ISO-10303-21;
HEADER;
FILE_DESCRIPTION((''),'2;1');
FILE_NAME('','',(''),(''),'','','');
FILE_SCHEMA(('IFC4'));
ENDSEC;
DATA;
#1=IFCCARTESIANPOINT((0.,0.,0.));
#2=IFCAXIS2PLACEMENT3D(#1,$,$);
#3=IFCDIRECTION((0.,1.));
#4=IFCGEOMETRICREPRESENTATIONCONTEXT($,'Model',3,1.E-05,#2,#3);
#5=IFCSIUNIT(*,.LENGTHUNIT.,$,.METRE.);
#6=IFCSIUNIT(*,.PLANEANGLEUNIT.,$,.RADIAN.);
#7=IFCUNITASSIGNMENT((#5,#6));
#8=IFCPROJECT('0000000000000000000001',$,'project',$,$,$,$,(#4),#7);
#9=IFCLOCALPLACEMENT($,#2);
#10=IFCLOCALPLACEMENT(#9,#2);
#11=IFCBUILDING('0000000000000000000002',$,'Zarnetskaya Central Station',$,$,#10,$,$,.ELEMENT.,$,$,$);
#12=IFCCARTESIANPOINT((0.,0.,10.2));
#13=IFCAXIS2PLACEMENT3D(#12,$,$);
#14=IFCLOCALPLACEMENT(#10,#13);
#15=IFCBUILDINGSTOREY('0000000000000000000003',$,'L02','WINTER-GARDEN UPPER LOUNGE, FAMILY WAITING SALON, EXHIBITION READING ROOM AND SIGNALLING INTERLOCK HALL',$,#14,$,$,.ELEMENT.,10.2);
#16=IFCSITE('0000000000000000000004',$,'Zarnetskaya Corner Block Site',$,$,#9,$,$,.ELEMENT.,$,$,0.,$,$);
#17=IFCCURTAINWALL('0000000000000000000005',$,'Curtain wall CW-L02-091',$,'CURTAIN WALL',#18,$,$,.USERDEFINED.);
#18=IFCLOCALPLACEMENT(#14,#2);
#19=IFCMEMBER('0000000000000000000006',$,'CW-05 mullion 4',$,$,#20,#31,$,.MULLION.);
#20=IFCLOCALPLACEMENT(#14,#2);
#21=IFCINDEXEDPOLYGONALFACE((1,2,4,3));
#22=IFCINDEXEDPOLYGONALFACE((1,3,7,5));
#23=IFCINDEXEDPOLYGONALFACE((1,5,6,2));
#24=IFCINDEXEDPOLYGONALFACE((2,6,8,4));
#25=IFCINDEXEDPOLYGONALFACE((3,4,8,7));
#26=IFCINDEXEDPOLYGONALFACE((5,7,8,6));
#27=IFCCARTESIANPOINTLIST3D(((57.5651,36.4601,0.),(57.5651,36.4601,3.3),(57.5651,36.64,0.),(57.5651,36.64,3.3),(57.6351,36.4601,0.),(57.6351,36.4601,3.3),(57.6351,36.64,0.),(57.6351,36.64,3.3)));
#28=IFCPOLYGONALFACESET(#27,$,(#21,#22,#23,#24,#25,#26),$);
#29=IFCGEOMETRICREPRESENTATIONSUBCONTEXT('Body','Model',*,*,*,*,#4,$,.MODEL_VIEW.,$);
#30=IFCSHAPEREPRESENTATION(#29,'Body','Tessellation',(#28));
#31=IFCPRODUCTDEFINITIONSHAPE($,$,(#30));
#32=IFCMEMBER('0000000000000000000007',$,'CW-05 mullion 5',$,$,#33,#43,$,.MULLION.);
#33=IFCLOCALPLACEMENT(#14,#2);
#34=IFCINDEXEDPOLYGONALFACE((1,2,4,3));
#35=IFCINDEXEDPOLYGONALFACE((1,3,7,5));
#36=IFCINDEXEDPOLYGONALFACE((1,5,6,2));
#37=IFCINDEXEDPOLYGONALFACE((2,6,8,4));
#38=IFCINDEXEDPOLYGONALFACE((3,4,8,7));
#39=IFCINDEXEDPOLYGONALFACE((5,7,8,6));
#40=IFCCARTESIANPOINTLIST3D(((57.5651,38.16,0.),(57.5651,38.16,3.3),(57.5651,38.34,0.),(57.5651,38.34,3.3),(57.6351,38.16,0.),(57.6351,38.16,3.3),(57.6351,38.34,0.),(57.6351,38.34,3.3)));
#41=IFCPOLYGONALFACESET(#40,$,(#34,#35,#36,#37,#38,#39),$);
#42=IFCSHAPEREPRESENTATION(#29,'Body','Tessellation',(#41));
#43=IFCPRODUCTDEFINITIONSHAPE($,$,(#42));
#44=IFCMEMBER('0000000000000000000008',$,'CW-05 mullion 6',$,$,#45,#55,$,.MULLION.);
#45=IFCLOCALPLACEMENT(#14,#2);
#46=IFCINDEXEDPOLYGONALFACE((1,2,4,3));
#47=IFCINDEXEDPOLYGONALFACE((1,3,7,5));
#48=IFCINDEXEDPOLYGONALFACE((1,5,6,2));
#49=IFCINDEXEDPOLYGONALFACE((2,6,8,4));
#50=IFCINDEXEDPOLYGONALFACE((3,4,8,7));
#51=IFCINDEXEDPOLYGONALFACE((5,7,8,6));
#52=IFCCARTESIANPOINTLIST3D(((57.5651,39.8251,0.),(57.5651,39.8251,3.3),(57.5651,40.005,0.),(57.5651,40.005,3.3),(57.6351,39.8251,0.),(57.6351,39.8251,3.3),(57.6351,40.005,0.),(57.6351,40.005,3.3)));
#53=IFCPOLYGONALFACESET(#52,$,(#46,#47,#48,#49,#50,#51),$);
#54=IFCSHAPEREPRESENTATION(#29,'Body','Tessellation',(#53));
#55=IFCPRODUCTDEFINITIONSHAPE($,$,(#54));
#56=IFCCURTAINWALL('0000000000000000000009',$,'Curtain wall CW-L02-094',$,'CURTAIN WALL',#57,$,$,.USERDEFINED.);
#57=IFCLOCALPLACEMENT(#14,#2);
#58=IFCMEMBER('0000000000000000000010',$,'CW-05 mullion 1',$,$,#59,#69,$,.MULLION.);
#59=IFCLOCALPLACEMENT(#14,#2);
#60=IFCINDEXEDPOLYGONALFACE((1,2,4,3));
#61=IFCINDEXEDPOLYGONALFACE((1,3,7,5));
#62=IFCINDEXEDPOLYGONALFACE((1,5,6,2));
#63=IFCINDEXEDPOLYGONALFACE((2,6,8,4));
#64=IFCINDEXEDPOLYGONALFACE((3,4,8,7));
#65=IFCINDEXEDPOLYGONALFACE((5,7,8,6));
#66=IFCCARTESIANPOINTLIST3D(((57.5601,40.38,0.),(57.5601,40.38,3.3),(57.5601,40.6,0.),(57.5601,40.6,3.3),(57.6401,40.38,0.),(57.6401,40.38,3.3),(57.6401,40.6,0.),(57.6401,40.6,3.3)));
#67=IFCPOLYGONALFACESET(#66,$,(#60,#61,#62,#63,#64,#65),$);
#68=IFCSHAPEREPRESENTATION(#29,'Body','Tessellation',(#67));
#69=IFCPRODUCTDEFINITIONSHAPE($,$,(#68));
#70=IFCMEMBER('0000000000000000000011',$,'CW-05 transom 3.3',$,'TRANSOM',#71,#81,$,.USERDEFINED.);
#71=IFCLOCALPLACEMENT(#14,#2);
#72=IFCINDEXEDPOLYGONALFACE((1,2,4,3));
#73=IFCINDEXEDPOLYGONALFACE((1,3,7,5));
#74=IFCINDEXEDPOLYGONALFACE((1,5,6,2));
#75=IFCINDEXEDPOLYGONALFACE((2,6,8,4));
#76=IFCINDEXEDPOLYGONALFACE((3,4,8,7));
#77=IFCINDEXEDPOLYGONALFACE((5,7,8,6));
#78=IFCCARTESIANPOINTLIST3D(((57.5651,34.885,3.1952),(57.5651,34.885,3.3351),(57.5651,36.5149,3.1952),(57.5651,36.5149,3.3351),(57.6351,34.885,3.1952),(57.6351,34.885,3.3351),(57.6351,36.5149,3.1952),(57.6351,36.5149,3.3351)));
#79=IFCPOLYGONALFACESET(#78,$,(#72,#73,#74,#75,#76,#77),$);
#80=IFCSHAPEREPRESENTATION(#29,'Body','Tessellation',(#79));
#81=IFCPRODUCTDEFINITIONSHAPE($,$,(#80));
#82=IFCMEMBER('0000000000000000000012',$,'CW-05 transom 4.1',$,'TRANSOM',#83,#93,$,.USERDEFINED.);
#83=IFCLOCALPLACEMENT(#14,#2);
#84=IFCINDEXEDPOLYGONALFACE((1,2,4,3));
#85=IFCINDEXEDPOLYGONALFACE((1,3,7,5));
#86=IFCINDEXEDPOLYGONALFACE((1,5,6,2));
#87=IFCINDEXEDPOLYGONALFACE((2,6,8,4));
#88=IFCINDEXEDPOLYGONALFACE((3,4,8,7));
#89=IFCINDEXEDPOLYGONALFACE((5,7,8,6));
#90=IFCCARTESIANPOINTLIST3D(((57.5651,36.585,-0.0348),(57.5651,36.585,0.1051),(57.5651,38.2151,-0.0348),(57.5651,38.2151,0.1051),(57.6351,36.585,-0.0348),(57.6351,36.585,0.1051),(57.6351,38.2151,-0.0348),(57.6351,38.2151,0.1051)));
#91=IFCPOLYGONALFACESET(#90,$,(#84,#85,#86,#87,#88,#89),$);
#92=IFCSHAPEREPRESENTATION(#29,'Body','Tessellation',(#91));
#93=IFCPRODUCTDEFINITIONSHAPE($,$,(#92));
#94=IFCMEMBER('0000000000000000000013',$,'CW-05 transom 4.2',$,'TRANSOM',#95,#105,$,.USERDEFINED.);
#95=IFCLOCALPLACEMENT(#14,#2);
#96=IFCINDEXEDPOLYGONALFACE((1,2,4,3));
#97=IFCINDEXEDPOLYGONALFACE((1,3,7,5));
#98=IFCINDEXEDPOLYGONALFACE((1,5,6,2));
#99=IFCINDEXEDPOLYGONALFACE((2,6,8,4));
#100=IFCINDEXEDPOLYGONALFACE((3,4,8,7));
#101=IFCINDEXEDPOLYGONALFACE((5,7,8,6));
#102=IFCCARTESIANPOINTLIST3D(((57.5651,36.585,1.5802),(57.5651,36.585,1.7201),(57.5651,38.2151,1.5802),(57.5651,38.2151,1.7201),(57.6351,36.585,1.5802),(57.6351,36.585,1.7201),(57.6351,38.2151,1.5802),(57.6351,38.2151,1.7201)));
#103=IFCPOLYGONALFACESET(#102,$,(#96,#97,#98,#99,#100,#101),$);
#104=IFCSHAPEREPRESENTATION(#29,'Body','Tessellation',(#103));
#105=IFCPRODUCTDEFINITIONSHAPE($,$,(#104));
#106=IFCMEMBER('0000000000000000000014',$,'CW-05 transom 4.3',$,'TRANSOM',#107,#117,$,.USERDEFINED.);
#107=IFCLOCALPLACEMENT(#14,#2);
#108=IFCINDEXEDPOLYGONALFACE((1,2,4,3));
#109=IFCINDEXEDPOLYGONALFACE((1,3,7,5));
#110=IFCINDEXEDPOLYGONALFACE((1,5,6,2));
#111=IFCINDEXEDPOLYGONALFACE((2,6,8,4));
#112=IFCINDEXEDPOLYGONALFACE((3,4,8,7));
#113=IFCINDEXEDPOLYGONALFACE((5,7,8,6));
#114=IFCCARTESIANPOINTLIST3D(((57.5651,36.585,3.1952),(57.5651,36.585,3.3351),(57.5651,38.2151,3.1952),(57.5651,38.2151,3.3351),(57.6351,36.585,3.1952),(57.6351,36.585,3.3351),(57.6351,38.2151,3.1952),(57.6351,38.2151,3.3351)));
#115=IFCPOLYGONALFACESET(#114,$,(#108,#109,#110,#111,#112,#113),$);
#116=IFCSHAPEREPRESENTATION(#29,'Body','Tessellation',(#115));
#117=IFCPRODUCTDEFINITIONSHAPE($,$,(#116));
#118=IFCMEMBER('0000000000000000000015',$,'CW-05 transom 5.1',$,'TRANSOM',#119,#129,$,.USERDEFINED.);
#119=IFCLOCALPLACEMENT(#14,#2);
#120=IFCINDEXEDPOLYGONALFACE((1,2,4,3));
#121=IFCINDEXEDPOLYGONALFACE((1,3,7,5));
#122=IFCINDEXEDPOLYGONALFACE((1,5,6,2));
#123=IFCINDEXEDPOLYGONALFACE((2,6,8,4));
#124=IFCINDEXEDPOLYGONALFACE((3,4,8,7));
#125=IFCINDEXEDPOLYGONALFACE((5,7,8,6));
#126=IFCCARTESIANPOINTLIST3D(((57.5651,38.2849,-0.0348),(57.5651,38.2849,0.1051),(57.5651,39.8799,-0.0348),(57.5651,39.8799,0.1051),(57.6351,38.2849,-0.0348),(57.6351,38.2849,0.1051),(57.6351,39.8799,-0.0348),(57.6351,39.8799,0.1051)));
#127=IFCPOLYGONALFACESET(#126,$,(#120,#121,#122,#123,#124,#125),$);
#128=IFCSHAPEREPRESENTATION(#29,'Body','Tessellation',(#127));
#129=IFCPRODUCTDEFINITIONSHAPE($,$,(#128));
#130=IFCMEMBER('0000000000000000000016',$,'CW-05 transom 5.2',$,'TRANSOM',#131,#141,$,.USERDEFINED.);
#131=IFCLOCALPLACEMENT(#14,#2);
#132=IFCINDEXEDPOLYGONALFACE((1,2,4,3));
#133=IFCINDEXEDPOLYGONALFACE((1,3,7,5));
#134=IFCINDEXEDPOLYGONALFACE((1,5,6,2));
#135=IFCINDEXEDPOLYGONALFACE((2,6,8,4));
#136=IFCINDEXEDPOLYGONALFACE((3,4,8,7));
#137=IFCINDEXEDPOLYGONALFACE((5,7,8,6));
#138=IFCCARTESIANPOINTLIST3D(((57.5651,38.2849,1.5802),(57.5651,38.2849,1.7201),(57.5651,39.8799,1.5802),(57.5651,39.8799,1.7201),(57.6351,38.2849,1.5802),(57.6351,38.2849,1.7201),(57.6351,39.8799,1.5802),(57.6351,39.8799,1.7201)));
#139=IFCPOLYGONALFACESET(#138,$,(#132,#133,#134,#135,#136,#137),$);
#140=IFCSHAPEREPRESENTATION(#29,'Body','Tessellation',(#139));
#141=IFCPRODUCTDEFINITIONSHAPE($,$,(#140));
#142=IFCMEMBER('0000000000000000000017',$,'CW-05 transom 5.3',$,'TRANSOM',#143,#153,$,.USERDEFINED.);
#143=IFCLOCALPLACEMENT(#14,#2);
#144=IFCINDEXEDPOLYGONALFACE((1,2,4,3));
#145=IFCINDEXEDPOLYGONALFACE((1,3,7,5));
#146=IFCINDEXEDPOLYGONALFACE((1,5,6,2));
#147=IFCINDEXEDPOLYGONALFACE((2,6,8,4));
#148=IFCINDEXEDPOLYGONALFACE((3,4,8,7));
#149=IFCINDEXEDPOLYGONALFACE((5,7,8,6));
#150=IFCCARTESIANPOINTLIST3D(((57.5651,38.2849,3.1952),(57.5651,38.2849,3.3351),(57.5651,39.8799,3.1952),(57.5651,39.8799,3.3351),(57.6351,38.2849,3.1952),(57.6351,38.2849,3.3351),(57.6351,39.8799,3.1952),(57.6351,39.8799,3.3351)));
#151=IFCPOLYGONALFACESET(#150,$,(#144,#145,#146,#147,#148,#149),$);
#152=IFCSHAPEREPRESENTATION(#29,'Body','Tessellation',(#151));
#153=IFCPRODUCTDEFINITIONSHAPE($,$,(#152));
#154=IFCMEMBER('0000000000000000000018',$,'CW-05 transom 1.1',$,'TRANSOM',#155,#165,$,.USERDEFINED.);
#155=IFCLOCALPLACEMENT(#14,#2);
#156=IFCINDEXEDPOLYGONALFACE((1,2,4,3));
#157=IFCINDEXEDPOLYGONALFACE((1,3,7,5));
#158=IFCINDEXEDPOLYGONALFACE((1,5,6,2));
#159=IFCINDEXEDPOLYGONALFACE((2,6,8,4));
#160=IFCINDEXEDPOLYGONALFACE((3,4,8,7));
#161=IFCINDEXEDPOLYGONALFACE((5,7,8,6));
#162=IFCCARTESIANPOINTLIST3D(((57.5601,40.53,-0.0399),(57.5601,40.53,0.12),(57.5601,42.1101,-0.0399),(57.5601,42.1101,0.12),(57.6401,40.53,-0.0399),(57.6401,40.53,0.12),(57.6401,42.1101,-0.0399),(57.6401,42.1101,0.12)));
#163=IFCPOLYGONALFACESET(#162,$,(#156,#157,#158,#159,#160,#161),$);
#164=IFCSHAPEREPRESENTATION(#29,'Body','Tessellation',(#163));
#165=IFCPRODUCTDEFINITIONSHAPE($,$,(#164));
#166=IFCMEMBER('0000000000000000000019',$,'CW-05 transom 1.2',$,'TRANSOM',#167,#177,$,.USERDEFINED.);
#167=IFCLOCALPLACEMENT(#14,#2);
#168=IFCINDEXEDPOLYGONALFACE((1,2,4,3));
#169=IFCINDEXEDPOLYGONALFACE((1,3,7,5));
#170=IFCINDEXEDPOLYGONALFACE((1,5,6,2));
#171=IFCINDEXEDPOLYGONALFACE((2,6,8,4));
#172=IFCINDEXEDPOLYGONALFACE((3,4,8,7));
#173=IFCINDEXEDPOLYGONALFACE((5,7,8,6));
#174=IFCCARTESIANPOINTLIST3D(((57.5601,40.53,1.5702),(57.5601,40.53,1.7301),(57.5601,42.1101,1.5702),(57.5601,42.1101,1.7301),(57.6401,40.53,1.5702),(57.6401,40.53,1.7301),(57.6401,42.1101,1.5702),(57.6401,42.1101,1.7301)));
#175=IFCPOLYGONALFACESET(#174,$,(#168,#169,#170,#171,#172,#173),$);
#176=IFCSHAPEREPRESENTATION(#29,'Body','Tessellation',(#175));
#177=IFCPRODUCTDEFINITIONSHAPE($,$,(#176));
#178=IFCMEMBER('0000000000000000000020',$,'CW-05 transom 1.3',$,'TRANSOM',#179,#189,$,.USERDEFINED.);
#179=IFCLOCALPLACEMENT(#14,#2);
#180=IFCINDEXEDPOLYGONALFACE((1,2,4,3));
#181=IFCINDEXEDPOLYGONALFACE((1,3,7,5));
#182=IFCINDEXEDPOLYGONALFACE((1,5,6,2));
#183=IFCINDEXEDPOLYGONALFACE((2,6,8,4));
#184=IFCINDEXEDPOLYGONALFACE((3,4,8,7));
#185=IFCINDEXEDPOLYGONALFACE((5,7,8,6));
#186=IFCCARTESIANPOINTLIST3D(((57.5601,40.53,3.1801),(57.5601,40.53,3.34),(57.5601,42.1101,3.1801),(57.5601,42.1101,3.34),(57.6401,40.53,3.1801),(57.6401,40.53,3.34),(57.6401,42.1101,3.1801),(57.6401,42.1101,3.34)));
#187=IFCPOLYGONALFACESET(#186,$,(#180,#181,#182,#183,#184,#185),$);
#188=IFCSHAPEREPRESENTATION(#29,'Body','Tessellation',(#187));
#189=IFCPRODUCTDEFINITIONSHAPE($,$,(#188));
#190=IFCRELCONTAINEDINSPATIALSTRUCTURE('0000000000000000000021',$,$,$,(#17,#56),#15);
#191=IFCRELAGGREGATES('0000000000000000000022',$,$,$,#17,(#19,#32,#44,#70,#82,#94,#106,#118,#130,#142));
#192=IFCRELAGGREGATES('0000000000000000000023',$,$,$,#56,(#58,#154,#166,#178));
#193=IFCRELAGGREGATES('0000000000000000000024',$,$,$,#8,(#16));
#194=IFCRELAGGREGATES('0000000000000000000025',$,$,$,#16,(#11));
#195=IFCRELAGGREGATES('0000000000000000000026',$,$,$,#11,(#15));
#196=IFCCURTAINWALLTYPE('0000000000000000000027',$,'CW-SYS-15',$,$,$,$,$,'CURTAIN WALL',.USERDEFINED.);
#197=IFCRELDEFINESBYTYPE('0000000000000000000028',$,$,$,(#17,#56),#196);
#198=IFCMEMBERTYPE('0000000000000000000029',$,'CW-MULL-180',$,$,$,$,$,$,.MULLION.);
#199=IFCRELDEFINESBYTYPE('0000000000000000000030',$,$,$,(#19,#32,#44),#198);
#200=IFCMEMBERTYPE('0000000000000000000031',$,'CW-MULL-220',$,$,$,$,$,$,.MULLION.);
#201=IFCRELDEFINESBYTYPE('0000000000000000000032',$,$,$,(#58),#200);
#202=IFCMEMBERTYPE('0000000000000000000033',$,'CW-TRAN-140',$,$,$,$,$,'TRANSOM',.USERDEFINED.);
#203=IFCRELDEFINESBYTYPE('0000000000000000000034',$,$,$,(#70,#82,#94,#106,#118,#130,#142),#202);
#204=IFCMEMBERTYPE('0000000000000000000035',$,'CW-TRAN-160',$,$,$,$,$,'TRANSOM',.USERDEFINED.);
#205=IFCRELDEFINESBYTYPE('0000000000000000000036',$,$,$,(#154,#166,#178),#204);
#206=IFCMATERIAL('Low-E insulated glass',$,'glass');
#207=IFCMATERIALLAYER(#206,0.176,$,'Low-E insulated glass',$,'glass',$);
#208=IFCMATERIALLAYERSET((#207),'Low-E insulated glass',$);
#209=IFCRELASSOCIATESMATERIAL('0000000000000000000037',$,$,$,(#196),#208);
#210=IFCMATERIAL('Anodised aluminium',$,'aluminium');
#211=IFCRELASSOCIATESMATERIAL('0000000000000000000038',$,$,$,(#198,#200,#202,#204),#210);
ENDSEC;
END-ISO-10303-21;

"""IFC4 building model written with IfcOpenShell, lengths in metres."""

from ifc_helpers import new_model, si_unit, direction, frame, origin, origin_2d, place, context, subcontext, project, spatial, rectangle, extrude, material, layer, layer_set, material_profile, profile_set, type_object, element, aggregate, save


model = new_model("IFC4")

# Units and contexts
model_context = context("Model", 3, precision=1e-05, world=origin(), true_north=direction((0.0, 1.0)))
body_context = subcontext(model_context, "Body", "Model", "MODEL_VIEW")
ifc_project = project(units=[si_unit("LENGTHUNIT", "METRE"), si_unit("PLANEANGLEUNIT", "RADIAN")], contexts=[model_context])

# Site, building, storey
site_placement = place(None, origin())
site = spatial("IfcSite", under=ifc_project, at=site_placement, Name="Zarnetskaya Corner Block Site", CompositionType="ELEMENT", RefElevation=0.0)
building_placement = place(site_placement, origin())
building = spatial("IfcBuilding", under=site, at=building_placement, Name="Zarnetskaya Central Station", CompositionType="ELEMENT")
storey_placement = place(building_placement, frame((0.0, 0.0, 10.2)))
storey = spatial("IfcBuildingStorey", under=building, at=storey_placement, Name="L02", Description="WINTER-GARDEN UPPER LOUNGE, FAMILY WAITING SALON, EXHIBITION READING ROOM AND SIGNALLING INTERLOCK HALL", CompositionType="ELEMENT", Elevation=10.2)

# Curtain wall, members
ifc_material_1 = material(Name="Low-E insulated glass", Category="glass")
ifc_layer_1 = layer(ifc_material_1, 0.176, Name="Low-E insulated glass", Category="glass")
ifc_layer_set_1 = layer_set([ifc_layer_1], Name="Low-E insulated glass")
curtain_wall_type = type_object("IfcCurtainWallType", Name="CW-SYS-15", ElementType="CURTAIN WALL", PredefinedType="USERDEFINED", material=ifc_layer_set_1)
curtain_wall_1_placement = place(storey_placement, origin())
curtain_wall_1 = element("IfcCurtainWall", 1, at=curtain_wall_1_placement, inside=storey, type_object=curtain_wall_type, Name="Curtain wall CW-L02-091", ObjectType="CURTAIN WALL", PredefinedType="USERDEFINED")
ifc_material_2 = material(Name="Anodised aluminium", Category="aluminium")
ifc_material_profile_1 = material_profile(ifc_material_2, rectangle(XDim=0.0701, YDim=0.1799, at=origin_2d()), Name="ALU MULL 70x180")
ifc_profile_set_1 = profile_set([ifc_material_profile_1], Name="Anodised aluminium")
member_type_1 = type_object("IfcMemberType", Name="CW-MULL-180", PredefinedType="MULLION", material=ifc_profile_set_1)
member_1_placement = place(storey_placement, frame((57.6001, 36.55, 0.0), z_axis=(0.0, 0.0, 1.0), x_axis=(-1.0, 0.0, 0.0)))
member_1 = element("IfcMember", 2, at=member_1_placement, type_object=member_type_1, Name="CW-05 mullion 4", PredefinedType="MULLION", context=body_context, shape_type="SweptSolid", body=[
    extrude(rectangle(XDim=0.0701, YDim=0.1799, at=origin_2d()), origin(), (0.0, 0.0, 1.0), 3.3),
])
member_2_placement = place(storey_placement, frame((57.6001, 38.25, 0.0), z_axis=(0.0, 0.0, 1.0), x_axis=(-1.0, 0.0, 0.0)))
member_2 = element("IfcMember", 3, at=member_2_placement, type_object=member_type_1, Name="CW-05 mullion 5", PredefinedType="MULLION", context=body_context, shape_type="SweptSolid", body=[
    extrude(rectangle(XDim=0.0701, YDim=0.1799, at=origin_2d()), origin(), (0.0, 0.0, 1.0), 3.3),
])
member_3_placement = place(storey_placement, frame((57.6001, 39.915, 0.0), z_axis=(0.0, 0.0, 1.0), x_axis=(-1.0, 0.0, 0.0)))
member_3 = element("IfcMember", 4, at=member_3_placement, type_object=member_type_1, Name="CW-05 mullion 6", PredefinedType="MULLION", context=body_context, shape_type="SweptSolid", body=[
    extrude(rectangle(XDim=0.0701, YDim=0.1799, at=origin_2d()), origin(), (0.0, 0.0, 1.0), 3.3),
])

# Curtain wall, member
curtain_wall_2_placement = place(storey_placement, origin())
curtain_wall_2 = element("IfcCurtainWall", 5, at=curtain_wall_2_placement, inside=storey, type_object=curtain_wall_type, Name="Curtain wall CW-L02-094", ObjectType="CURTAIN WALL", PredefinedType="USERDEFINED")
ifc_material_profile_2 = material_profile(ifc_material_2, rectangle(XDim=0.0801, YDim=0.22, at=origin_2d()), Name="ALU MULL 80x220")
ifc_profile_set_2 = profile_set([ifc_material_profile_2], Name="Anodised aluminium")
member_type_2 = type_object("IfcMemberType", Name="CW-MULL-220", PredefinedType="MULLION", material=ifc_profile_set_2)
member_4_placement = place(storey_placement, frame((57.6001, 40.49, 0.0), z_axis=(0.0, 0.0, 1.0), x_axis=(-1.0, 0.0, 0.0)))
member_4 = element("IfcMember", 6, at=member_4_placement, type_object=member_type_2, Name="CW-05 mullion 1", PredefinedType="MULLION", context=body_context, shape_type="SweptSolid", body=[
    extrude(rectangle(XDim=0.0801, YDim=0.22, at=origin_2d()), origin(), (0.0, 0.0, 1.0), 3.3),
])

# Members
ifc_material_profile_3 = material_profile(ifc_material_2, rectangle(XDim=0.0701, YDim=0.1399, at=origin_2d()), Name="ALU TRAN 70x140")
ifc_profile_set_3 = profile_set([ifc_material_profile_3], Name="Anodised aluminium")
member_type_3 = type_object("IfcMemberType", Name="CW-TRAN-140", ElementType="TRANSOM", PredefinedType="USERDEFINED", material=ifc_profile_set_3)
member_5_placement = place(storey_placement, frame((57.6001, 34.885, 3.2651), z_axis=(0.0, 1.0, 0.0), x_axis=(-1.0, 0.0, 0.0)))
member_5 = element("IfcMember", 7, at=member_5_placement, type_object=member_type_3, Name="CW-05 transom 3.3", ObjectType="TRANSOM", PredefinedType="USERDEFINED", context=body_context, shape_type="SweptSolid", body=[
    extrude(rectangle(XDim=0.0701, YDim=0.1399, at=origin_2d()), origin(), (0.0, 0.0, 1.0), 1.6299),
])
member_6_placement = place(storey_placement, frame((57.6001, 36.585, 0.0352), z_axis=(0.0, 1.0, 0.0), x_axis=(-1.0, 0.0, 0.0)))
member_6 = element("IfcMember", 8, at=member_6_placement, type_object=member_type_3, Name="CW-05 transom 4.1", ObjectType="TRANSOM", PredefinedType="USERDEFINED", context=body_context, shape_type="SweptSolid", body=[
    extrude(rectangle(XDim=0.0701, YDim=0.1399, at=origin_2d()), origin(), (0.0, 0.0, 1.0), 1.6301),
])
member_7_placement = place(storey_placement, frame((57.6001, 36.585, 1.6501), z_axis=(0.0, 1.0, 0.0), x_axis=(-1.0, 0.0, 0.0)))
member_7 = element("IfcMember", 9, at=member_7_placement, type_object=member_type_3, Name="CW-05 transom 4.2", ObjectType="TRANSOM", PredefinedType="USERDEFINED", context=body_context, shape_type="SweptSolid", body=[
    extrude(rectangle(XDim=0.0701, YDim=0.1399, at=origin_2d()), origin(), (0.0, 0.0, 1.0), 1.6301),
])
member_8_placement = place(storey_placement, frame((57.6001, 36.585, 3.2651), z_axis=(0.0, 1.0, 0.0), x_axis=(-1.0, 0.0, 0.0)))
member_8 = element("IfcMember", 10, at=member_8_placement, type_object=member_type_3, Name="CW-05 transom 4.3", ObjectType="TRANSOM", PredefinedType="USERDEFINED", context=body_context, shape_type="SweptSolid", body=[
    extrude(rectangle(XDim=0.0701, YDim=0.1399, at=origin_2d()), origin(), (0.0, 0.0, 1.0), 1.6301),
])
member_9_placement = place(storey_placement, frame((57.6001, 38.2849, 0.0352), z_axis=(0.0, 1.0, 0.0), x_axis=(-1.0, 0.0, 0.0)))
member_9 = element("IfcMember", 11, at=member_9_placement, type_object=member_type_3, Name="CW-05 transom 5.1", ObjectType="TRANSOM", PredefinedType="USERDEFINED", context=body_context, shape_type="SweptSolid", body=[
    extrude(rectangle(XDim=0.0701, YDim=0.1399, at=origin_2d()), origin(), (0.0, 0.0, 1.0), 1.595),
])
member_10_placement = place(storey_placement, frame((57.6001, 38.2849, 1.6501), z_axis=(0.0, 1.0, 0.0), x_axis=(-1.0, 0.0, 0.0)))
member_10 = element("IfcMember", 12, at=member_10_placement, type_object=member_type_3, Name="CW-05 transom 5.2", ObjectType="TRANSOM", PredefinedType="USERDEFINED", context=body_context, shape_type="SweptSolid", body=[
    extrude(rectangle(XDim=0.0701, YDim=0.1399, at=origin_2d()), origin(), (0.0, 0.0, 1.0), 1.595),
])
member_11_placement = place(storey_placement, frame((57.6001, 38.2849, 3.2651), z_axis=(0.0, 1.0, 0.0), x_axis=(-1.0, 0.0, 0.0)))
member_11 = element("IfcMember", 13, at=member_11_placement, type_object=member_type_3, Name="CW-05 transom 5.3", ObjectType="TRANSOM", PredefinedType="USERDEFINED", context=body_context, shape_type="SweptSolid", body=[
    extrude(rectangle(XDim=0.0701, YDim=0.1399, at=origin_2d()), origin(), (0.0, 0.0, 1.0), 1.595),
])
ifc_material_profile_4 = material_profile(ifc_material_2, rectangle(XDim=0.0801, YDim=0.1599, at=origin_2d()), Name="ALU TRAN 80x160")
ifc_profile_set_4 = profile_set([ifc_material_profile_4], Name="Anodised aluminium")
member_type_4 = type_object("IfcMemberType", Name="CW-TRAN-160", ElementType="TRANSOM", PredefinedType="USERDEFINED", material=ifc_profile_set_4)
member_12_placement = place(storey_placement, frame((57.6001, 40.53, 0.04), z_axis=(0.0, 1.0, 0.0), x_axis=(-1.0, 0.0, 0.0)))
member_12 = element("IfcMember", 14, at=member_12_placement, type_object=member_type_4, Name="CW-05 transom 1.1", ObjectType="TRANSOM", PredefinedType="USERDEFINED", context=body_context, shape_type="SweptSolid", body=[
    extrude(rectangle(XDim=0.0801, YDim=0.1599, at=origin_2d()), origin(), (0.0, 0.0, 1.0), 1.5801),
])
member_13_placement = place(storey_placement, frame((57.6001, 40.53, 1.6501), z_axis=(0.0, 1.0, 0.0), x_axis=(-1.0, 0.0, 0.0)))
member_13 = element("IfcMember", 15, at=member_13_placement, type_object=member_type_4, Name="CW-05 transom 1.2", ObjectType="TRANSOM", PredefinedType="USERDEFINED", context=body_context, shape_type="SweptSolid", body=[
    extrude(rectangle(XDim=0.0801, YDim=0.1599, at=origin_2d()), origin(), (0.0, 0.0, 1.0), 1.5801),
])
member_14_placement = place(storey_placement, frame((57.6001, 40.53, 3.26), z_axis=(0.0, 1.0, 0.0), x_axis=(-1.0, 0.0, 0.0)))
member_14 = element("IfcMember", 16, at=member_14_placement, type_object=member_type_4, Name="CW-05 transom 1.3", ObjectType="TRANSOM", PredefinedType="USERDEFINED", context=body_context, shape_type="SweptSolid", body=[
    extrude(rectangle(XDim=0.0801, YDim=0.1599, at=origin_2d()), origin(), (0.0, 0.0, 1.0), 1.5801),
])

aggregate(curtain_wall_1, [member_1, member_2, member_3, member_5, member_6, member_7, member_8, member_9, member_10, member_11])
aggregate(curtain_wall_2, [member_4, member_12, member_13, member_14])

save(model, "model.ifc")
